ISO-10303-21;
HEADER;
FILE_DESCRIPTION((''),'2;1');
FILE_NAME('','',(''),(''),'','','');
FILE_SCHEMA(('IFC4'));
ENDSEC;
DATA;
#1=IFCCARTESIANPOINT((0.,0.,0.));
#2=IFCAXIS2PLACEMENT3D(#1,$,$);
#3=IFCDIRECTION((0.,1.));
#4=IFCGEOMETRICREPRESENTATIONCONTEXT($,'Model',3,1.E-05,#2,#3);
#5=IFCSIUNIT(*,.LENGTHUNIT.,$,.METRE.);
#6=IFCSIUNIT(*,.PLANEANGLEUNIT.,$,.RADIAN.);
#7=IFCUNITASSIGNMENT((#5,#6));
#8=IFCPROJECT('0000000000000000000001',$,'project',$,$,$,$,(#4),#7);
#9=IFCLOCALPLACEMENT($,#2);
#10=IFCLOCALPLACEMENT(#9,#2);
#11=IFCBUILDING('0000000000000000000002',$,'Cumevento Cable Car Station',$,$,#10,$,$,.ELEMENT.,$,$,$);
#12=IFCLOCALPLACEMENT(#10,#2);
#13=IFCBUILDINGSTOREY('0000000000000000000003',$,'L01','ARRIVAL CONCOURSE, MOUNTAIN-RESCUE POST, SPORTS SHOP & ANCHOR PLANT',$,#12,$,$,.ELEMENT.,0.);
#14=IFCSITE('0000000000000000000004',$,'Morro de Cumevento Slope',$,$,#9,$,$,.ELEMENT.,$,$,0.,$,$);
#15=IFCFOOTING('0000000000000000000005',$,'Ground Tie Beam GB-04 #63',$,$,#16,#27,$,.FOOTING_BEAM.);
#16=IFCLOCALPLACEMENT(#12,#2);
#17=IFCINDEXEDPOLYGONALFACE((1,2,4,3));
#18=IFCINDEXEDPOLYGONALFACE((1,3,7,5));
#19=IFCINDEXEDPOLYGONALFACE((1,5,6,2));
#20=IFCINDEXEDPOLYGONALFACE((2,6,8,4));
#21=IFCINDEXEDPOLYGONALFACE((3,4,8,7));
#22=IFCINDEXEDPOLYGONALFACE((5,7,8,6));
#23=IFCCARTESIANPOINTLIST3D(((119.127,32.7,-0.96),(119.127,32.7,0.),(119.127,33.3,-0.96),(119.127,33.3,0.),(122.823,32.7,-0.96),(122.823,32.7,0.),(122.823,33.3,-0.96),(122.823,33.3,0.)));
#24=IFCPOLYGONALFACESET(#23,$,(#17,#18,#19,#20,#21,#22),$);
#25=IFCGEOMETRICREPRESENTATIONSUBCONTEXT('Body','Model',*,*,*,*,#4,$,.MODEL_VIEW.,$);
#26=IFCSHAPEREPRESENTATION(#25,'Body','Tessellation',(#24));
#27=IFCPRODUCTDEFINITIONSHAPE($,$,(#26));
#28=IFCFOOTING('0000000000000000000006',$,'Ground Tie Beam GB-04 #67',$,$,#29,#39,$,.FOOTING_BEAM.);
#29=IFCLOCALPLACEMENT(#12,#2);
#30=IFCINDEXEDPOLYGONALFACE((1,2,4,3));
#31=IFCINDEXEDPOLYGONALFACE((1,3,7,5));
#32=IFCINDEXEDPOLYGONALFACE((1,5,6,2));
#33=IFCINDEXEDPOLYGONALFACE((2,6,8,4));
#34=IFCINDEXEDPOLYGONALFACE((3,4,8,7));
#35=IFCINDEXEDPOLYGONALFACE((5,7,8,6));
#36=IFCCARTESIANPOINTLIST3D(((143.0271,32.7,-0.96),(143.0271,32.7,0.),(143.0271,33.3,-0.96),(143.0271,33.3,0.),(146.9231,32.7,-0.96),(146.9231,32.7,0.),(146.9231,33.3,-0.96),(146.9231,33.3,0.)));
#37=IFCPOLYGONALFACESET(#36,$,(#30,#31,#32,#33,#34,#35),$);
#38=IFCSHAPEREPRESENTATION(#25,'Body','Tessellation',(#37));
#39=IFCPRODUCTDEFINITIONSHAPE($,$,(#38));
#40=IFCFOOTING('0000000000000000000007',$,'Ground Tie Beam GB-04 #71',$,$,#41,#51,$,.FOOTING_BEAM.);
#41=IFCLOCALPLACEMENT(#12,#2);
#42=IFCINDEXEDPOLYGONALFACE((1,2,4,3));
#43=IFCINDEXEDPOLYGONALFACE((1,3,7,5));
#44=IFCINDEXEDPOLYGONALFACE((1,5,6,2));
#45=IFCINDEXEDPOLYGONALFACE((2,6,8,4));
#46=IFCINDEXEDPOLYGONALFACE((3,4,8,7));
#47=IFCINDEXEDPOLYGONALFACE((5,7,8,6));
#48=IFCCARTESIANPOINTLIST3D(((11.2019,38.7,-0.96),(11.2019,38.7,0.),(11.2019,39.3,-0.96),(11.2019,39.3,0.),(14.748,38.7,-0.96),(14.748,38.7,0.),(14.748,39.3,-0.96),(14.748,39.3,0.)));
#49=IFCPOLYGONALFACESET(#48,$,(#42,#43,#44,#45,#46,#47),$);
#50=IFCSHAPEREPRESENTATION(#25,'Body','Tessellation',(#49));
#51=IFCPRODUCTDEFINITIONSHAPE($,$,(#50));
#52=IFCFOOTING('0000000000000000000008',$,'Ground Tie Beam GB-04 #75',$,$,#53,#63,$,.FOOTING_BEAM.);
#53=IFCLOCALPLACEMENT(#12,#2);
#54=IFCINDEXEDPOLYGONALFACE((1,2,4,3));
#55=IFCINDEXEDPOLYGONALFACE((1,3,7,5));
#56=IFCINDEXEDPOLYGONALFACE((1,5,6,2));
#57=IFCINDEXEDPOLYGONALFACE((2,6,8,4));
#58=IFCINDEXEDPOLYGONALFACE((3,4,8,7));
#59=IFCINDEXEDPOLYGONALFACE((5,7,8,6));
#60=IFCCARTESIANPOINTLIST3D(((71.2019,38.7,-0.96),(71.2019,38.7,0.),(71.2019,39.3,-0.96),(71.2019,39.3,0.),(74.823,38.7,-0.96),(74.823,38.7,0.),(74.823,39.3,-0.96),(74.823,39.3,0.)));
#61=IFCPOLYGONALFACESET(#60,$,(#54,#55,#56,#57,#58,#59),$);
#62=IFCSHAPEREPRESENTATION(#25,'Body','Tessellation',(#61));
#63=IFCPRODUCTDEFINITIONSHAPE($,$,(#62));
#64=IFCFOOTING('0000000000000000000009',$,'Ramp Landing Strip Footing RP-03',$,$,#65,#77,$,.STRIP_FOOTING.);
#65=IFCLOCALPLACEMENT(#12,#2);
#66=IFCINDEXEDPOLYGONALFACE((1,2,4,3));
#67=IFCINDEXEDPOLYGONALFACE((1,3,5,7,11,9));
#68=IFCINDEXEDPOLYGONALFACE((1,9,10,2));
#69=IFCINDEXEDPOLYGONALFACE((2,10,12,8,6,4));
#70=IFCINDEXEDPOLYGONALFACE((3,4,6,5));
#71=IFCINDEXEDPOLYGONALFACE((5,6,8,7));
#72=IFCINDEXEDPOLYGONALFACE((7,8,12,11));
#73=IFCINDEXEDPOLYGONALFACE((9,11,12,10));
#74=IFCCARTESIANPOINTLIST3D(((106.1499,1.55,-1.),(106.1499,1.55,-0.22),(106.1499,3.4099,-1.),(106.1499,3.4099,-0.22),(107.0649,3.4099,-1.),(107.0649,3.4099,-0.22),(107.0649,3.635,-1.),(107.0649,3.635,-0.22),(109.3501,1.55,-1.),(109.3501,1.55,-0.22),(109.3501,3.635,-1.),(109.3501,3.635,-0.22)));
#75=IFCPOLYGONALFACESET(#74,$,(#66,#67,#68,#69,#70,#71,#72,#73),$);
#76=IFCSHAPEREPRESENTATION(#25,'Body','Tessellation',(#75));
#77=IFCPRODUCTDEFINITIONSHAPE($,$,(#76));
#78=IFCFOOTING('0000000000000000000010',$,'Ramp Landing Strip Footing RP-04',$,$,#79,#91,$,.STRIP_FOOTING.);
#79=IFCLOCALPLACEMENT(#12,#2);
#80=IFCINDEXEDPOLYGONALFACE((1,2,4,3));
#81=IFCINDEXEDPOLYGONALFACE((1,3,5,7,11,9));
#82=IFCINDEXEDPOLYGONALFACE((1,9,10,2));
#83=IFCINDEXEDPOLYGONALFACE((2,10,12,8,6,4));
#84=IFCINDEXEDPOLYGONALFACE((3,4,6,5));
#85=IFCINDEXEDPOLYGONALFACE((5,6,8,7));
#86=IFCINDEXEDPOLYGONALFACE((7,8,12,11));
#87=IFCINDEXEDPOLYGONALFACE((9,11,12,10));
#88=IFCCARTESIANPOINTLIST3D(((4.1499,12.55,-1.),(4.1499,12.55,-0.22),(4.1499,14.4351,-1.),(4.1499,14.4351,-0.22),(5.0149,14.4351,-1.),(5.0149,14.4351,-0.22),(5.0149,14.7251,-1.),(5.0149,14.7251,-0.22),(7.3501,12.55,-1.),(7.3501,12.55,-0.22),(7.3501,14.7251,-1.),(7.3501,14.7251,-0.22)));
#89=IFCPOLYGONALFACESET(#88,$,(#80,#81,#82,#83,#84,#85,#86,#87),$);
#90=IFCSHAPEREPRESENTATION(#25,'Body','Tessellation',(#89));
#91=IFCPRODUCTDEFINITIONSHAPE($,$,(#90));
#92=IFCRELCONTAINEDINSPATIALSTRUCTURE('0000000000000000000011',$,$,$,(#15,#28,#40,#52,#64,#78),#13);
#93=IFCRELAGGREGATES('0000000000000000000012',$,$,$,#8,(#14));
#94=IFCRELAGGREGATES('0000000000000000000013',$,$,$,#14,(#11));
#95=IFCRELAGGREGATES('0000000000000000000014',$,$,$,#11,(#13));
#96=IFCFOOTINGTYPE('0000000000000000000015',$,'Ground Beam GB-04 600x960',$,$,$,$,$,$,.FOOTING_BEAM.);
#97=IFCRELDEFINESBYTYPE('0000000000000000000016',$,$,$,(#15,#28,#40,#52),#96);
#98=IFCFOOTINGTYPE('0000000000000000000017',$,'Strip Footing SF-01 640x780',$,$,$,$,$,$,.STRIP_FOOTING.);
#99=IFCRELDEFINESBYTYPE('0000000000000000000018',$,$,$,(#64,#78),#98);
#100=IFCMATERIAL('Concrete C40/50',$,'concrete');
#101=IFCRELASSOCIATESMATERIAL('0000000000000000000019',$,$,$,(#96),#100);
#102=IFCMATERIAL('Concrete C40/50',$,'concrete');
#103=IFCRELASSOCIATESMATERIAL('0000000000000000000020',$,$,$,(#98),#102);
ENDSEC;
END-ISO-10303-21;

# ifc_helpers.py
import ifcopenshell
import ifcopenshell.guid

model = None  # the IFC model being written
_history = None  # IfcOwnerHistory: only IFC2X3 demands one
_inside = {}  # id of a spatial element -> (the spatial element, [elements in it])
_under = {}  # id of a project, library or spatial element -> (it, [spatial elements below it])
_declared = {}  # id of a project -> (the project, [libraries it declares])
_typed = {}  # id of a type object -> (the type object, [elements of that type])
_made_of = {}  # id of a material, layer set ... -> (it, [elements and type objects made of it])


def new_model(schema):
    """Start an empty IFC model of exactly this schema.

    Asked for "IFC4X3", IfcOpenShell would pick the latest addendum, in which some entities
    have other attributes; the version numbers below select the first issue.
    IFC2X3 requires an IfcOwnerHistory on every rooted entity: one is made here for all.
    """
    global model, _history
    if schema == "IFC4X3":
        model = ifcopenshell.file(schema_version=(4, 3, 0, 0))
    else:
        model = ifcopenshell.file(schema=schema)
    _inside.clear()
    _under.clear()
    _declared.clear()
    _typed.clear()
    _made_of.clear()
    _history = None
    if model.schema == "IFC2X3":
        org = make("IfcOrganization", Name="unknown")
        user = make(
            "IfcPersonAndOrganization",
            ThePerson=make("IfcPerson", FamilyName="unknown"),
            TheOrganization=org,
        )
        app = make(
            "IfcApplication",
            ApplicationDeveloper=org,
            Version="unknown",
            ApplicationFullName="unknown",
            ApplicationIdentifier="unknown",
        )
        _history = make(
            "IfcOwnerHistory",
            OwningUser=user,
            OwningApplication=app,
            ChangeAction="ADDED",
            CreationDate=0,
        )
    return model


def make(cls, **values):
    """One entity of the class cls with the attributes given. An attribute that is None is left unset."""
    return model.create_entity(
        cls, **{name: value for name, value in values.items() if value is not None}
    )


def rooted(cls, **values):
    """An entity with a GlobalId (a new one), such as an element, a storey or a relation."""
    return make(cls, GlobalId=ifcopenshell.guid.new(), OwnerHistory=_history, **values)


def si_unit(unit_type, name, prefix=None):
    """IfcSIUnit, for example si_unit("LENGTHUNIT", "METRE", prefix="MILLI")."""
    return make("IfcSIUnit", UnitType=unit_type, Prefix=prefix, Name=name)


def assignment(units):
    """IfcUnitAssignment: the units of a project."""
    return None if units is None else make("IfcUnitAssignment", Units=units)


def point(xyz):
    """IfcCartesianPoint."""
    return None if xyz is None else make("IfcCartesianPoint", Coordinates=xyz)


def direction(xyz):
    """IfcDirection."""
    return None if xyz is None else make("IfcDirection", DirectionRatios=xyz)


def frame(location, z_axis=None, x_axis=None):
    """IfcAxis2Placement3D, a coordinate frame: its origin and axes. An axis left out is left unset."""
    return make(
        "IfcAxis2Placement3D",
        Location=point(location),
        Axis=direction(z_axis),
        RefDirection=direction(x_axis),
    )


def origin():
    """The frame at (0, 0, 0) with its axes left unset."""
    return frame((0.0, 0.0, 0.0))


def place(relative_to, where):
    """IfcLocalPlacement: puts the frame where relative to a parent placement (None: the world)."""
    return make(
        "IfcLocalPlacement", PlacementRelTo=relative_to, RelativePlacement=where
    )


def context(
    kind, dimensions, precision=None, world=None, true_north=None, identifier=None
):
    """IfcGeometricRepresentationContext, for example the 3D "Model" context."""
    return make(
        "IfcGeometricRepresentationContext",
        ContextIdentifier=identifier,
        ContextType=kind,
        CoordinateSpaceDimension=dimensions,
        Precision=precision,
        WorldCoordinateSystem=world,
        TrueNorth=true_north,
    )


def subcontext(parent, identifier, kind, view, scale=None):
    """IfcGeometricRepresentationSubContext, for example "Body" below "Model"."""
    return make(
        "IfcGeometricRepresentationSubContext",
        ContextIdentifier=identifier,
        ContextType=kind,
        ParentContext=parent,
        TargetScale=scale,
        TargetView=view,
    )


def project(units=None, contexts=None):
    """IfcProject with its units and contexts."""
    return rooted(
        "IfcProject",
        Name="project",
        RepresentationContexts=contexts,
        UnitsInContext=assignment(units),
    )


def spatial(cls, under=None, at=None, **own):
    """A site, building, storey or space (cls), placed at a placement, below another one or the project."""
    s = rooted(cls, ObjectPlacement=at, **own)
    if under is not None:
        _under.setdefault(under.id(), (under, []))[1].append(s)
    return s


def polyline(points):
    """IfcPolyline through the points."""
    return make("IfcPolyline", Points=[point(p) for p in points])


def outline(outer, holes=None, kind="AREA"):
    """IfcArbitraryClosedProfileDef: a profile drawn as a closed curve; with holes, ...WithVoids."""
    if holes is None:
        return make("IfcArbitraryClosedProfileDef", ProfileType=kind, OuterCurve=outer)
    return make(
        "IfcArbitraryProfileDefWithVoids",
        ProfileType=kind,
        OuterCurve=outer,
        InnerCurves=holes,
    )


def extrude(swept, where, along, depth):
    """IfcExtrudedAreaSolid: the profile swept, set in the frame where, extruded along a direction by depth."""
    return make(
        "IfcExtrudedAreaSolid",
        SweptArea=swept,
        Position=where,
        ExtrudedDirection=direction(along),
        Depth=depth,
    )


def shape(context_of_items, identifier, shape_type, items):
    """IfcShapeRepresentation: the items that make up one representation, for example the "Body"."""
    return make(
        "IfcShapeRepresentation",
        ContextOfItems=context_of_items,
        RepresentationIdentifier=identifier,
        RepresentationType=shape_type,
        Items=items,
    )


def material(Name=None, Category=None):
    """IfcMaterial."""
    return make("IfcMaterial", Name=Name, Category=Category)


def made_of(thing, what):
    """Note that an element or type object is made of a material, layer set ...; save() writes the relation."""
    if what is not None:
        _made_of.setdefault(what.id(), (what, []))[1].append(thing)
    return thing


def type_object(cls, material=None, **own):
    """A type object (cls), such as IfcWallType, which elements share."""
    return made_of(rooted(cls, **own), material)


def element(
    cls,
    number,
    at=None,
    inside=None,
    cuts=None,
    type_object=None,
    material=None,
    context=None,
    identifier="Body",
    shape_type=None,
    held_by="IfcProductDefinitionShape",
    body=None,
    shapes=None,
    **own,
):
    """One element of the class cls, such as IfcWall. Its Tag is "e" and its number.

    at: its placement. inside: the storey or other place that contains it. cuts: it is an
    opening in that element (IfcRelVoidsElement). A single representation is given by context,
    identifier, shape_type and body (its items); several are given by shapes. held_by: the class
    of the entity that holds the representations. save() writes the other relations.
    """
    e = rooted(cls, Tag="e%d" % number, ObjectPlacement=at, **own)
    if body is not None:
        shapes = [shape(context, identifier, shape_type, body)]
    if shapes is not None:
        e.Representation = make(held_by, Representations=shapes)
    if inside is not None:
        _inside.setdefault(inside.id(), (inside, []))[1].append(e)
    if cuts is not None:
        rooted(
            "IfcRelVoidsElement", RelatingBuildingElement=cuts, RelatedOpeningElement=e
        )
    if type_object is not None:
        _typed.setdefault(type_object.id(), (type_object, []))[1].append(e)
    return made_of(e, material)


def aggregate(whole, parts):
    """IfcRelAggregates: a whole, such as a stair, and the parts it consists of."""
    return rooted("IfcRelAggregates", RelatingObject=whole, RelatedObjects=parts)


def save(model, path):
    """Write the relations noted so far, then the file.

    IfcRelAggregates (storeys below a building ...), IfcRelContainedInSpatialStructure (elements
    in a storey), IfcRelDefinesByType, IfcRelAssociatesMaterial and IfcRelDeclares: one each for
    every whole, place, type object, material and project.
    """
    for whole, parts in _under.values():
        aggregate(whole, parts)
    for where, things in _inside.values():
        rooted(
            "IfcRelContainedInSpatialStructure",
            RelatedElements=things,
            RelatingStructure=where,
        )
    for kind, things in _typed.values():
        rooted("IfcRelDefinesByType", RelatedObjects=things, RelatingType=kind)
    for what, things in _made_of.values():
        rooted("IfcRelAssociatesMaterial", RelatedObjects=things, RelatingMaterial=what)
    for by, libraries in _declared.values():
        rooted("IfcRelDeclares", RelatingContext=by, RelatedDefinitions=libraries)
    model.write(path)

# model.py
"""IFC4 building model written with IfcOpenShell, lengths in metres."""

from ifc_helpers import new_model, si_unit, direction, frame, origin, place, context, subcontext, project, spatial, polyline, outline, extrude, material, type_object, element, save


model = new_model("IFC4")

# Units and contexts
model_context = context("Model", 3, precision=1e-05, world=origin(), true_north=direction((0.0, 1.0)))
body_context = subcontext(model_context, "Body", "Model", "MODEL_VIEW")
ifc_project = project(units=[si_unit("LENGTHUNIT", "METRE"), si_unit("PLANEANGLEUNIT", "RADIAN")], contexts=[model_context])

# Site, building, storey
site_placement = place(None, origin())
site = spatial("IfcSite", under=ifc_project, at=site_placement, Name="Morro de Cumevento Slope", CompositionType="ELEMENT", RefElevation=0.0)
building_placement = place(site_placement, origin())
building = spatial("IfcBuilding", under=site, at=building_placement, Name="Cumevento Cable Car Station", CompositionType="ELEMENT")
storey_placement = place(building_placement, origin())
storey = spatial("IfcBuildingStorey", under=building, at=storey_placement, Name="L01", Description="ARRIVAL CONCOURSE, MOUNTAIN-RESCUE POST, SPORTS SHOP & ANCHOR PLANT", CompositionType="ELEMENT", Elevation=0.0)

# Footings
ifc_material_1 = material(Name="Concrete C40/50", Category="concrete")
footing_type_1 = type_object("IfcFootingType", Name="Ground Beam GB-04 600x960", PredefinedType="FOOTING_BEAM", material=ifc_material_1)
footing_1_placement = place(storey_placement, frame((0.0, 0.0, -0.96)))
element("IfcFooting", 1, at=footing_1_placement, inside=storey, type_object=footing_type_1, Name="Ground Tie Beam GB-04 #63", PredefinedType="FOOTING_BEAM", context=body_context, shape_type="SweptSolid", body=[
    extrude(outline(polyline([(119.127, 32.7), (122.823, 32.7), (122.823, 33.3), (119.127, 33.3), (119.127, 32.7)])), origin(), (0.0, 0.0, 1.0), 0.96),
])
footing_2_placement = place(storey_placement, frame((0.0, 0.0, -0.96)))
element("IfcFooting", 2, at=footing_2_placement, inside=storey, type_object=footing_type_1, Name="Ground Tie Beam GB-04 #67", PredefinedType="FOOTING_BEAM", context=body_context, shape_type="SweptSolid", body=[
    extrude(outline(polyline([(143.0271, 32.7), (146.9231, 32.7), (146.9231, 33.3), (143.0271, 33.3), (143.0271, 32.7)])), origin(), (0.0, 0.0, 1.0), 0.96),
])
footing_3_placement = place(storey_placement, frame((0.0, 0.0, -0.96)))
element("IfcFooting", 3, at=footing_3_placement, inside=storey, type_object=footing_type_1, Name="Ground Tie Beam GB-04 #71", PredefinedType="FOOTING_BEAM", context=body_context, shape_type="SweptSolid", body=[
    extrude(outline(polyline([(11.2019, 38.7), (14.748, 38.7), (14.748, 39.3), (11.2019, 39.3), (11.2019, 38.7)])), origin(), (0.0, 0.0, 1.0), 0.96),
])
footing_4_placement = place(storey_placement, frame((0.0, 0.0, -0.96)))
element("IfcFooting", 4, at=footing_4_placement, inside=storey, type_object=footing_type_1, Name="Ground Tie Beam GB-04 #75", PredefinedType="FOOTING_BEAM", context=body_context, shape_type="SweptSolid", body=[
    extrude(outline(polyline([(71.2019, 38.7), (74.823, 38.7), (74.823, 39.3), (71.2019, 39.3), (71.2019, 38.7)])), origin(), (0.0, 0.0, 1.0), 0.96),
])
ifc_material_2 = material(Name="Concrete C40/50", Category="concrete")
footing_type_2 = type_object("IfcFootingType", Name="Strip Footing SF-01 640x780", PredefinedType="STRIP_FOOTING", material=ifc_material_2)
footing_5_placement = place(storey_placement, frame((0.0, 0.0, -1.0)))
element("IfcFooting", 5, at=footing_5_placement, inside=storey, type_object=footing_type_2, Name="Ramp Landing Strip Footing RP-03", PredefinedType="STRIP_FOOTING", context=body_context, shape_type="SweptSolid", body=[
    extrude(outline(polyline([(109.3501, 1.55), (106.1499, 1.55), (106.1499, 3.4099), (107.0649, 3.4099), (107.0649, 3.635), (109.3501, 3.635), (109.3501, 1.55)])), origin(), (0.0, 0.0, 1.0), 0.78),
])
footing_6_placement = place(storey_placement, frame((0.0, 0.0, -1.0)))
element("IfcFooting", 6, at=footing_6_placement, inside=storey, type_object=footing_type_2, Name="Ramp Landing Strip Footing RP-04", PredefinedType="STRIP_FOOTING", context=body_context, shape_type="SweptSolid", body=[
    extrude(outline(polyline([(7.3501, 12.55), (4.1499, 12.55), (4.1499, 14.4351), (5.0149, 14.4351), (5.0149, 14.7251), (7.3501, 14.7251), (7.3501, 12.55)])), origin(), (0.0, 0.0, 1.0), 0.78),
])

save(model, "model.ifc")
